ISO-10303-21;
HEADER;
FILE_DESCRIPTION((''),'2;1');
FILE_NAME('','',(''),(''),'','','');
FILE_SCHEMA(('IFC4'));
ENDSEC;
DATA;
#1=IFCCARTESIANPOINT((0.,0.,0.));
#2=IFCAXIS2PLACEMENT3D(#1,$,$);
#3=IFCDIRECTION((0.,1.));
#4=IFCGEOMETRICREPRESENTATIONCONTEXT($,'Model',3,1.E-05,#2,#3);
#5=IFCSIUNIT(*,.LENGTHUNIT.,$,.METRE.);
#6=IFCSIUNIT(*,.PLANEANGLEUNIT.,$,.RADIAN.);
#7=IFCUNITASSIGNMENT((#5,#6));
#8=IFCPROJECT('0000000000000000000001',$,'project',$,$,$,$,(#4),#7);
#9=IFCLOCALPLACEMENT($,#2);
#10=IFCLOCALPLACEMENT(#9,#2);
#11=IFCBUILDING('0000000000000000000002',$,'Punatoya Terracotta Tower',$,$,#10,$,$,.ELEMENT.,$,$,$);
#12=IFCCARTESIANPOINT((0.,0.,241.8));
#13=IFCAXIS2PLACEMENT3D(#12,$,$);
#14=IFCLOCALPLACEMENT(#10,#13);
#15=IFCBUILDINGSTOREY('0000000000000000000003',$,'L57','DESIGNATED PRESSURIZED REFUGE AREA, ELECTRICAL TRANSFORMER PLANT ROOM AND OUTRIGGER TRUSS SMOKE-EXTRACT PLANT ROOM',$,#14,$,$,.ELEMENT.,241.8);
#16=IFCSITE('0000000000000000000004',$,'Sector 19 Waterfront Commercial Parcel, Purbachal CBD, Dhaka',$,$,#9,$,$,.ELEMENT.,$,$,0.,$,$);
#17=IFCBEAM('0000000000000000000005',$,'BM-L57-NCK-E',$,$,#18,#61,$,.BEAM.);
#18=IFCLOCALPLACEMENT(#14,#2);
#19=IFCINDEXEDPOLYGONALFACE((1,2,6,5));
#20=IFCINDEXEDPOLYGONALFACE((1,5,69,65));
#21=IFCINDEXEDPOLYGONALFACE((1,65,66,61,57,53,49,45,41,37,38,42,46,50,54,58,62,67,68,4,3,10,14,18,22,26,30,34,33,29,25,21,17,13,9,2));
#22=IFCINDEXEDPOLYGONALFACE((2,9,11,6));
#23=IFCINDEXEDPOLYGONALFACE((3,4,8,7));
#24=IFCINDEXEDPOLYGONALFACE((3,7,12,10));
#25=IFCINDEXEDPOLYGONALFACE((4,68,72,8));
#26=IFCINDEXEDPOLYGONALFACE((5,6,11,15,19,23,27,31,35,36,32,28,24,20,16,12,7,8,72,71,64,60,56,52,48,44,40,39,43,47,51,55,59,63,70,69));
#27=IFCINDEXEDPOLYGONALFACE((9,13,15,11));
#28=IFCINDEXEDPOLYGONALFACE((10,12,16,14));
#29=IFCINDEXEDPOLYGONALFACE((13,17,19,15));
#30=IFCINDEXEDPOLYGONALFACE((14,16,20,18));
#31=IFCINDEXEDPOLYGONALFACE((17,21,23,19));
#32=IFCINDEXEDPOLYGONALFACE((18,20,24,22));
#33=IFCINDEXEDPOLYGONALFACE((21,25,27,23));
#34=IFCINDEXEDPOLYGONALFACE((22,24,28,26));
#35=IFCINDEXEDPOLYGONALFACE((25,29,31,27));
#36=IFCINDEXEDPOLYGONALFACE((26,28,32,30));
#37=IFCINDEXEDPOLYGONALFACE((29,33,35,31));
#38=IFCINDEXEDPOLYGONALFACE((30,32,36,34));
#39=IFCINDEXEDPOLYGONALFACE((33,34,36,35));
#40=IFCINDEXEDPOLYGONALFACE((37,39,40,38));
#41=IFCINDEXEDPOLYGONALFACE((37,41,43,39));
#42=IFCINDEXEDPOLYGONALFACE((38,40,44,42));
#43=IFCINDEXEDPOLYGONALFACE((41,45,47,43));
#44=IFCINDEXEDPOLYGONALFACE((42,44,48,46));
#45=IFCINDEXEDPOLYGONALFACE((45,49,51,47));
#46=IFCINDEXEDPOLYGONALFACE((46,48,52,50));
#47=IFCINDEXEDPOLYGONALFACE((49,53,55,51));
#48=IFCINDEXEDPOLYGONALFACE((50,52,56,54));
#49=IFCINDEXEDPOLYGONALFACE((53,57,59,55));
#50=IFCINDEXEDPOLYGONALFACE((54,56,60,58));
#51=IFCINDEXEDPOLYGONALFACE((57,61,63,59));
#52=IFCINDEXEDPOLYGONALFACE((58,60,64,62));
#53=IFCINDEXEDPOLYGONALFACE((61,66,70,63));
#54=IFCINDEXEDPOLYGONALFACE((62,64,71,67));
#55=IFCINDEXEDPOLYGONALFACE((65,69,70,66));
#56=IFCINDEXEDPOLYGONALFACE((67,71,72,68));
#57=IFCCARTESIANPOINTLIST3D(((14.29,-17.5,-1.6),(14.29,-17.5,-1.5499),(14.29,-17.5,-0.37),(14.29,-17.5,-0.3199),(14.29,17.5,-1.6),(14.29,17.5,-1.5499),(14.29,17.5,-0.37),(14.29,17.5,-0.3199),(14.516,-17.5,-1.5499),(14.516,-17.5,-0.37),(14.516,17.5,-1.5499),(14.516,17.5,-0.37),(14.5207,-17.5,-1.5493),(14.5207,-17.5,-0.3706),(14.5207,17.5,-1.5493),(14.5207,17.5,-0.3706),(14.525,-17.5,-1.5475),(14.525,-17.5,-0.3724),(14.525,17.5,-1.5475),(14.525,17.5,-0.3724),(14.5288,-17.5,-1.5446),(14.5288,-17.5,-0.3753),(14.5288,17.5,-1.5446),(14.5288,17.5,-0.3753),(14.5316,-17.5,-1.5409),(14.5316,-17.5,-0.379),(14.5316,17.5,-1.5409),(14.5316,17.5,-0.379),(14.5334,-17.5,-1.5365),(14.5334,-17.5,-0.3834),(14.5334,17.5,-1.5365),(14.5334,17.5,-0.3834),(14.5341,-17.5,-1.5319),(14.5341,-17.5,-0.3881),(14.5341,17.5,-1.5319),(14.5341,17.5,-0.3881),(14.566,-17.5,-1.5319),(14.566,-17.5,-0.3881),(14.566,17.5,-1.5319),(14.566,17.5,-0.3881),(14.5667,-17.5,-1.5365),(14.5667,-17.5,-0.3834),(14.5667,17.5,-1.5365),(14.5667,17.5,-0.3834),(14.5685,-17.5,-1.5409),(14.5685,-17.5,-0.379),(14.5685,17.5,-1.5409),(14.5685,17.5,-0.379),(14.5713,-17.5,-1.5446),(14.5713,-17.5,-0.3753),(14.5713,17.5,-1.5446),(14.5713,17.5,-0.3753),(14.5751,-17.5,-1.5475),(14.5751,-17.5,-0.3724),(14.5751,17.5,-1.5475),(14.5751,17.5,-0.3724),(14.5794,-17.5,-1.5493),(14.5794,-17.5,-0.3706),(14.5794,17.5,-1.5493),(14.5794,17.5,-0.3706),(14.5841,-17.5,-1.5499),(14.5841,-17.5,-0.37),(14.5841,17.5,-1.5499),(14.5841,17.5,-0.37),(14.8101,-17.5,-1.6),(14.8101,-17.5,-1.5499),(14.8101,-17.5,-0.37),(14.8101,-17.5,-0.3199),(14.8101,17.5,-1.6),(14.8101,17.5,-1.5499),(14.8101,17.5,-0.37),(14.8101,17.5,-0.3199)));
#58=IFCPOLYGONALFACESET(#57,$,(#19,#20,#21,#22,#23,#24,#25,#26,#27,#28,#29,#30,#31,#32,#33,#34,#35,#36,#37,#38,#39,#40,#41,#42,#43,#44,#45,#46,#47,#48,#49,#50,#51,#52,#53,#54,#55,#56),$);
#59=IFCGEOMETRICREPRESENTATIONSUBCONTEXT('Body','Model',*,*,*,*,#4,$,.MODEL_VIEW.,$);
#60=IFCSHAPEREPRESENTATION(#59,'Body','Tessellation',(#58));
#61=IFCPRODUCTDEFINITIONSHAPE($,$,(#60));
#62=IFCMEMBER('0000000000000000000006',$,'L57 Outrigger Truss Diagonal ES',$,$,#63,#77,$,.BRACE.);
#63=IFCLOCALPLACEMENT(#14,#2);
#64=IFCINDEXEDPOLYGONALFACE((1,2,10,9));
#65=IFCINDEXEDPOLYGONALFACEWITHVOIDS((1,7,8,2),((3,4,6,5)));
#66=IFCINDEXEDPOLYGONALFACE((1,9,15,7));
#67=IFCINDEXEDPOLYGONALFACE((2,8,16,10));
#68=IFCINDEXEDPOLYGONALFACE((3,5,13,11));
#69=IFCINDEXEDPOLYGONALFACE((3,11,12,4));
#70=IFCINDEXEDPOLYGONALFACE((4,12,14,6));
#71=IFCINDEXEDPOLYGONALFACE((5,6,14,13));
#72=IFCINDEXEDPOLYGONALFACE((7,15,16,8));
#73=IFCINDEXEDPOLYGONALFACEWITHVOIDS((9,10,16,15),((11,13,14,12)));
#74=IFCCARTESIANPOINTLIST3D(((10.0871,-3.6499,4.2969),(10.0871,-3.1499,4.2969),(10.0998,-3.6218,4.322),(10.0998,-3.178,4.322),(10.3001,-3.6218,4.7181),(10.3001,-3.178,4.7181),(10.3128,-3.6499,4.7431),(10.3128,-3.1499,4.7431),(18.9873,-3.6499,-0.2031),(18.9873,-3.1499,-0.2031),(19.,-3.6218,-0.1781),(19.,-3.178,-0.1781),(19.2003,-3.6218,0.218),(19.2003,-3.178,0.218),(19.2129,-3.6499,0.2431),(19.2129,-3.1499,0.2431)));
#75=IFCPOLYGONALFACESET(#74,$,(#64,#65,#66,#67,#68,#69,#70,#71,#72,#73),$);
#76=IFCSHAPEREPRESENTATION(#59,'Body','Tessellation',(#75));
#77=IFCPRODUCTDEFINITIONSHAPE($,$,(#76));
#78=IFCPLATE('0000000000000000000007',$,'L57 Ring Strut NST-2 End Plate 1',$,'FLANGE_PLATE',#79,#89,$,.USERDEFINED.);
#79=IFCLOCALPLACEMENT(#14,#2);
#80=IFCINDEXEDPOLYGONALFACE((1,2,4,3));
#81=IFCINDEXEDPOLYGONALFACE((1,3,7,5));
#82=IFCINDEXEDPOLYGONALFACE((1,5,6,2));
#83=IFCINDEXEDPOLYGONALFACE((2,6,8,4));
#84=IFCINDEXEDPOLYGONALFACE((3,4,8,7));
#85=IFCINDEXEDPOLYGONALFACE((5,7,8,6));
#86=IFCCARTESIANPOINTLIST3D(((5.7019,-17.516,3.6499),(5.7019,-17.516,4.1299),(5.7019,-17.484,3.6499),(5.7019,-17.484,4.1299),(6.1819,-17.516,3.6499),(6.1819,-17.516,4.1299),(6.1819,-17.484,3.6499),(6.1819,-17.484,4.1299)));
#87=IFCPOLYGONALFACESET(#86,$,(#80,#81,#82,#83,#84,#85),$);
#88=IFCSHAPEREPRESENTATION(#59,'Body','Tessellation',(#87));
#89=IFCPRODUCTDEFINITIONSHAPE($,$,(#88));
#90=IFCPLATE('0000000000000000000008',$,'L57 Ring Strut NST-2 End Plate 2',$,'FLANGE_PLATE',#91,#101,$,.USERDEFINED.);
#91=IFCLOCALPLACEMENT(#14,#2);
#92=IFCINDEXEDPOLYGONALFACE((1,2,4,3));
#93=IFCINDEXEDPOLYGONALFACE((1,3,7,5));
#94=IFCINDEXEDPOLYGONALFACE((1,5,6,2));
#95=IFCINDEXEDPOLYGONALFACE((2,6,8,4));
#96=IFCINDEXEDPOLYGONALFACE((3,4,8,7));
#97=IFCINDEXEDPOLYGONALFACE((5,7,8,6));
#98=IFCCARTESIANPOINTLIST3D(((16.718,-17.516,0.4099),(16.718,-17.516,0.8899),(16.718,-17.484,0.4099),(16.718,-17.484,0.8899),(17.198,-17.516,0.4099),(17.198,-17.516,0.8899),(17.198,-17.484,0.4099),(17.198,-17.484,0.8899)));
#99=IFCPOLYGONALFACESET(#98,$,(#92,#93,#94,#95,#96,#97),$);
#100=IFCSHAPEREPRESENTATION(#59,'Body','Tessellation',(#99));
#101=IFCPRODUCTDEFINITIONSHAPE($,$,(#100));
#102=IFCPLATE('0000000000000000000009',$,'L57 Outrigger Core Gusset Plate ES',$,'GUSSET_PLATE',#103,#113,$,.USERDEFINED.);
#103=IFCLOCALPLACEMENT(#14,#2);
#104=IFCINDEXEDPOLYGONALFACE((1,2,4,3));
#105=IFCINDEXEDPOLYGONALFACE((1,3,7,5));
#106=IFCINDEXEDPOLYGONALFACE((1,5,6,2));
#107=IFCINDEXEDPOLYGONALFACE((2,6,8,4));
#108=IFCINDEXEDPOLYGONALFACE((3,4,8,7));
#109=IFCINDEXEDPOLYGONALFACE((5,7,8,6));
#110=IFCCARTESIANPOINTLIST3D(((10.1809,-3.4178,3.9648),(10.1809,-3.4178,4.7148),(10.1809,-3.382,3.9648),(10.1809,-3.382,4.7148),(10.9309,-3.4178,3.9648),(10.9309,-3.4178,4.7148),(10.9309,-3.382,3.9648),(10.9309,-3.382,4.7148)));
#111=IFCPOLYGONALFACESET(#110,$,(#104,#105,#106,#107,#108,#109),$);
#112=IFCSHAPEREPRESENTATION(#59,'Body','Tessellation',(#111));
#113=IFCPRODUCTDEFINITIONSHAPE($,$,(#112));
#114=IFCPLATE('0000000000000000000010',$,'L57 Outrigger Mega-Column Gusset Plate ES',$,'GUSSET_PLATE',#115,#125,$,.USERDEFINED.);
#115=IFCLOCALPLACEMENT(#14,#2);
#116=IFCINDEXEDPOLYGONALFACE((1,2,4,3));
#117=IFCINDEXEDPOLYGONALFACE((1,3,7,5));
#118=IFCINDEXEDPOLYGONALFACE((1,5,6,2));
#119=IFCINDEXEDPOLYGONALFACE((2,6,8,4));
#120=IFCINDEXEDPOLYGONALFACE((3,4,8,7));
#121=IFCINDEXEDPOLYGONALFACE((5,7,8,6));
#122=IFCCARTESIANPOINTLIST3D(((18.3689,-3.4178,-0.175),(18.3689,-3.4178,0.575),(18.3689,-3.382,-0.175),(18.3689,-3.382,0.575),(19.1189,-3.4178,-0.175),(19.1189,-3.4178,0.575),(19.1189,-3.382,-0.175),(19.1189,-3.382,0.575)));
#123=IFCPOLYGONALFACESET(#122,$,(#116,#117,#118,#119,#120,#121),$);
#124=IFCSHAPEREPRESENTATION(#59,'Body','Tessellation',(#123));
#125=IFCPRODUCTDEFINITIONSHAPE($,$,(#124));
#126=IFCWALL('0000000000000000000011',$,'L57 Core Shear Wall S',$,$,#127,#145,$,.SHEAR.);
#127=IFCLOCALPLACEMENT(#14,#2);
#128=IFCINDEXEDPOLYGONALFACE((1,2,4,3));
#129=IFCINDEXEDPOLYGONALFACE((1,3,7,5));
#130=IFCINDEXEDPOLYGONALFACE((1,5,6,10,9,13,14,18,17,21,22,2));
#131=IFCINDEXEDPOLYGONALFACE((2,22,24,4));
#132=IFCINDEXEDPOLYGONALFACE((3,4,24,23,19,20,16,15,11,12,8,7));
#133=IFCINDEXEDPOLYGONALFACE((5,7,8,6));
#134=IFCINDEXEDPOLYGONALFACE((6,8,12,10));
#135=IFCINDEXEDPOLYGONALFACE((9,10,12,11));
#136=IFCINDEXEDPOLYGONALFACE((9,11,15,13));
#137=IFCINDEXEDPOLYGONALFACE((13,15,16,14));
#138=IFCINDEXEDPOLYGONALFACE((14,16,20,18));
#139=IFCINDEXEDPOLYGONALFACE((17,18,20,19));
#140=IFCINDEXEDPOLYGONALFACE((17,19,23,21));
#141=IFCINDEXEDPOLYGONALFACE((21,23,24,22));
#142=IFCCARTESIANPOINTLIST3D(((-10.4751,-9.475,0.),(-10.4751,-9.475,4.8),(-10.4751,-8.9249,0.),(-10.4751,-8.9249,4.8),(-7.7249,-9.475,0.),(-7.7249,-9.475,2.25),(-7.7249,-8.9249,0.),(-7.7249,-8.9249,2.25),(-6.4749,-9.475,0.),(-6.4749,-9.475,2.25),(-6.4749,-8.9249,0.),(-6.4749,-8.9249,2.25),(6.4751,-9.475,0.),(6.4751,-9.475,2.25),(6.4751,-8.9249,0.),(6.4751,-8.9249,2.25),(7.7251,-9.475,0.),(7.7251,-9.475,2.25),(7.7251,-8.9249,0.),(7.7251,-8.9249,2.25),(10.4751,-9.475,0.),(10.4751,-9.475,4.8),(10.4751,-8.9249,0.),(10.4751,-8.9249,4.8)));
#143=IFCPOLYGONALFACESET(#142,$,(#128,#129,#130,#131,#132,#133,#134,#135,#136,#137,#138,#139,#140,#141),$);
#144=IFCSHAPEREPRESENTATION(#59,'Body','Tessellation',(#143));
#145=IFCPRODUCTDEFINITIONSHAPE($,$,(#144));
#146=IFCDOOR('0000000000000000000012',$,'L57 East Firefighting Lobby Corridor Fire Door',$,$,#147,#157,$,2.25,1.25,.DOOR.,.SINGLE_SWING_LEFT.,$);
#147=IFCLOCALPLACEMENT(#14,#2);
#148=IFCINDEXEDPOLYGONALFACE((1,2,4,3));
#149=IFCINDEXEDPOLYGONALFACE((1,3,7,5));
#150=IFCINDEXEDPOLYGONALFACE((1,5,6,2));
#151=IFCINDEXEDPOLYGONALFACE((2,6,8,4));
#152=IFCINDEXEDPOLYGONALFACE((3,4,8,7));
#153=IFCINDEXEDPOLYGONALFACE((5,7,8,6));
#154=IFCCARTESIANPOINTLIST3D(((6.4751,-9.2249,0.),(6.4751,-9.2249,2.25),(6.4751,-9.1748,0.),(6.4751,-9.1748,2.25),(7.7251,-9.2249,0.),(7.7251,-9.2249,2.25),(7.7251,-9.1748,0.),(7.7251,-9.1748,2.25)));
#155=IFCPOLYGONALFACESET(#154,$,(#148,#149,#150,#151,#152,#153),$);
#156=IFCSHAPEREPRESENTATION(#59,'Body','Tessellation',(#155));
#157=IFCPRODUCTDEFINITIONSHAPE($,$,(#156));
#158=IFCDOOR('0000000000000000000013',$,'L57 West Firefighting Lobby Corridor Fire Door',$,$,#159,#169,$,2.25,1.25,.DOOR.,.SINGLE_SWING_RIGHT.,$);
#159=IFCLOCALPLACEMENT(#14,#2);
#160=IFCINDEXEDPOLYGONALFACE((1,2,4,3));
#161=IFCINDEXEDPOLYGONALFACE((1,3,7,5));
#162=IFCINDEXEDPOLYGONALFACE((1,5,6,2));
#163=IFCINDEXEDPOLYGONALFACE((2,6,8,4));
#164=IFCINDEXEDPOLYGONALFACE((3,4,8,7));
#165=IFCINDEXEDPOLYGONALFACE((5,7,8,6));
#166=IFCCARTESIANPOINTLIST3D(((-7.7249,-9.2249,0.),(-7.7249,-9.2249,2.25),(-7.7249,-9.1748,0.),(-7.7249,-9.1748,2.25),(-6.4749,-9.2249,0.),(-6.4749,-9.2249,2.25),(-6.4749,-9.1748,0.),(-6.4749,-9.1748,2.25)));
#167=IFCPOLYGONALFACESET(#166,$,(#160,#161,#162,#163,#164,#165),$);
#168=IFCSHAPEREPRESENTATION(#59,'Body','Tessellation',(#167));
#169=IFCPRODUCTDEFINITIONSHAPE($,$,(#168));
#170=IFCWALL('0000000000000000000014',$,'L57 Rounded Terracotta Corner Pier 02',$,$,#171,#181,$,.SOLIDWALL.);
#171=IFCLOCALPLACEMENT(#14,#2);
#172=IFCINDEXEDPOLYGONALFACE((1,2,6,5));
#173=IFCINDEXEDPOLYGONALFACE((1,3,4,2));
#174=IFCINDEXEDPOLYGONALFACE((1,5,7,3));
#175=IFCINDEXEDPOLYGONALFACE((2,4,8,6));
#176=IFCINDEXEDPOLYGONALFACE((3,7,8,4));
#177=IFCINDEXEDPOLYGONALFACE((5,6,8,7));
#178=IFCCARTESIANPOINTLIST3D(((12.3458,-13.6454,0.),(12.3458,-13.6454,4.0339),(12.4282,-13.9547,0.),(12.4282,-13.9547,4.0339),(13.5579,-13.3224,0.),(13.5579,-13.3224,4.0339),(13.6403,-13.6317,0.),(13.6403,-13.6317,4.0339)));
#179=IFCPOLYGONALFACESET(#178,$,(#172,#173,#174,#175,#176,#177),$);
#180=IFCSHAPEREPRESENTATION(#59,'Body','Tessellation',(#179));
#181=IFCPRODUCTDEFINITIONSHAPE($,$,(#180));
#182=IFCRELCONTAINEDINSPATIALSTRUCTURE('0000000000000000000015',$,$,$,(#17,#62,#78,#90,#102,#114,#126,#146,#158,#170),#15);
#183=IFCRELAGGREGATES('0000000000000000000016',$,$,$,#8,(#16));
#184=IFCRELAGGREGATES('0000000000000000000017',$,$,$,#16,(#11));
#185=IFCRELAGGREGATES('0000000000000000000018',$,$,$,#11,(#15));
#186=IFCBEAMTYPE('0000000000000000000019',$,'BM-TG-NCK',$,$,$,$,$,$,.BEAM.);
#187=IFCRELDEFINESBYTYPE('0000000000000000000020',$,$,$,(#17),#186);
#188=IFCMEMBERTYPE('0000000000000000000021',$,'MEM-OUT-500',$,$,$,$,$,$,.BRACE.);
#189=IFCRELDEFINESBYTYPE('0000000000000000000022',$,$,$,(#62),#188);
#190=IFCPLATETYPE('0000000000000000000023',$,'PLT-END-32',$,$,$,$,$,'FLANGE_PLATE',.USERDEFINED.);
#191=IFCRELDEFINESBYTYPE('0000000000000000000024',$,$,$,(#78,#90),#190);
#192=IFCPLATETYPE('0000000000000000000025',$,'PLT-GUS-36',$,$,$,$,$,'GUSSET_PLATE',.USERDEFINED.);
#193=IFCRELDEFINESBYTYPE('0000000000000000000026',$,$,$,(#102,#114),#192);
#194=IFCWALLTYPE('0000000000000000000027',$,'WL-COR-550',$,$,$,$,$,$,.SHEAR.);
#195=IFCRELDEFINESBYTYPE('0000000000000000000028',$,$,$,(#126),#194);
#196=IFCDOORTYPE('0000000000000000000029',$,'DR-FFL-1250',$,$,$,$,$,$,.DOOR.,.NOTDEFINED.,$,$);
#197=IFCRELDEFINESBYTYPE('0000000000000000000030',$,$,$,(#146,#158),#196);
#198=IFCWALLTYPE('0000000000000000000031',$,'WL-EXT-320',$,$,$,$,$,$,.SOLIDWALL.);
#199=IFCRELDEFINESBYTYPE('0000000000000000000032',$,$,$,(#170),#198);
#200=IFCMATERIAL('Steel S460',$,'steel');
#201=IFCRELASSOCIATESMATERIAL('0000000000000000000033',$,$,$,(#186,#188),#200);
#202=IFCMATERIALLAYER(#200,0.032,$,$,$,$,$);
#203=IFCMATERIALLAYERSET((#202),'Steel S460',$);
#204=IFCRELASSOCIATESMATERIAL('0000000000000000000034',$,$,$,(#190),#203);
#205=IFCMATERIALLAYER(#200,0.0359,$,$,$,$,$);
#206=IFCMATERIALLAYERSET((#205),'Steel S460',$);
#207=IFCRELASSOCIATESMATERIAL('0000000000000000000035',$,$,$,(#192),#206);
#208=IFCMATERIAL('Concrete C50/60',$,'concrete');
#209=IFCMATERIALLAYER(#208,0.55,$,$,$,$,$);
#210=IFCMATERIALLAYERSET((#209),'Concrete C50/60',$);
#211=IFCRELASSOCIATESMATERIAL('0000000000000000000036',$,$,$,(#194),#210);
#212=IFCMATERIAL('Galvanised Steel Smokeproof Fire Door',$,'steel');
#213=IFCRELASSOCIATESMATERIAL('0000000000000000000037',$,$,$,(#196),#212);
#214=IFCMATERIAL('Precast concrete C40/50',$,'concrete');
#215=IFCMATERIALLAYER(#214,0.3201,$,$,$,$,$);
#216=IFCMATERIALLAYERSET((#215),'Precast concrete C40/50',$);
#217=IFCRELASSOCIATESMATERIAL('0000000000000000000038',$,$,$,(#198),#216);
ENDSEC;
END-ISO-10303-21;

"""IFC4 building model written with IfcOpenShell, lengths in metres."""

from ifc_helpers import new_model, si_unit, direction, frame, frame_2d, origin, origin_2d, place, context, subcontext, project, spatial, rectangle, hollow_rectangle, i_section, extrude, material, layer, layer_set, material_profile, profile_set, type_object, element, fill, save


model = new_model("IFC4")

# Units and contexts
model_context = context("Model", 3, precision=1e-05, world=origin(), true_north=direction((0.0, 1.0)))
body_context = subcontext(model_context, "Body", "Model", "MODEL_VIEW")
ifc_project = project(units=[si_unit("LENGTHUNIT", "METRE"), si_unit("PLANEANGLEUNIT", "RADIAN")], contexts=[model_context])

# Site, building, storey
site_placement = place(None, origin())
site = spatial("IfcSite", under=ifc_project, at=site_placement, Name="Sector 19 Waterfront Commercial Parcel, Purbachal CBD, Dhaka", CompositionType="ELEMENT", RefElevation=0.0)
building_placement = place(site_placement, origin())
building = spatial("IfcBuilding", under=site, at=building_placement, Name="Punatoya Terracotta Tower", CompositionType="ELEMENT")
storey_placement = place(building_placement, frame((0.0, 0.0, 241.8)))
storey = spatial("IfcBuildingStorey", under=building, at=storey_placement, Name="L57", Description="DESIGNATED PRESSURIZED REFUGE AREA, ELECTRICAL TRANSFORMER PLANT ROOM AND OUTRIGGER TRUSS SMOKE-EXTRACT PLANT ROOM", CompositionType="ELEMENT", Elevation=241.8)

# Shared definitions
ifc_material_1 = material(Name="Steel S460", Category="steel")

# Beam
ifc_material_profile_1 = material_profile(ifc_material_1, i_section(OverallWidth=0.52, OverallDepth=1.28, WebThickness=0.032, FlangeThickness=0.05, FilletRadius=0.0181, at=origin_2d()))
ifc_profile_set_1 = profile_set([ifc_material_profile_1], Name="Steel S460")
beam_type_1 = type_object("IfcBeamType", Name="BM-TG-NCK", PredefinedType="BEAM", material=ifc_profile_set_1)
beam_1_placement = place(storey_placement, frame((14.55, -17.5, -0.96), z_axis=(0.0, 1.0, 0.0), x_axis=(-1.0, 0.0, 0.0)))
element("IfcBeam", 1, at=beam_1_placement, inside=storey, type_object=beam_type_1, Name="BM-L57-NCK-E", PredefinedType="BEAM", context=body_context, shape_type="SweptSolid", body=[
    extrude(i_section(OverallWidth=0.52, OverallDepth=1.28, WebThickness=0.032, FlangeThickness=0.05, FilletRadius=0.0181, at=origin_2d()), origin(), (0.0, 0.0, 1.0), 35.0),
])

# Member
ifc_material_profile_2 = material_profile(ifc_material_1, hollow_rectangle(XDim=0.5, YDim=0.5, WallThickness=0.0281, at=origin_2d()))
ifc_profile_set_2 = profile_set([ifc_material_profile_2], Name="Steel S460")
member_type = type_object("IfcMemberType", Name="MEM-OUT-500", PredefinedType="BRACE", material=ifc_profile_set_2)
member_placement = place(storey_placement, frame((10.2, -3.3999, 4.52), z_axis=(0.892416, 0.0, -0.451214), x_axis=(0.0, 1.0, 0.0)))
element("IfcMember", 2, at=member_placement, inside=storey, type_object=member_type, Name="L57 Outrigger Truss Diagonal ES", PredefinedType="BRACE", context=body_context, shape_type="SweptSolid", body=[
    extrude(hollow_rectangle(XDim=0.5, YDim=0.5, WallThickness=0.0281, at=origin_2d()), origin(), (0.0, 0.0, 1.0), 9.9731),
])

# Plates
ifc_layer_1 = layer(ifc_material_1, 0.032)
ifc_layer_set_1 = layer_set([ifc_layer_1], Name="Steel S460")
plate_type_1 = type_object("IfcPlateType", Name="PLT-END-32", ElementType="FLANGE_PLATE", PredefinedType="USERDEFINED", material=ifc_layer_set_1)
for number, where, z_axis, x_axis, name in (
    (3, (5.9419, -17.5, 3.6499), (0.0, 0.0, 1.0), (1.0, 0.0, 0.0), "L57 Ring Strut NST-2 End Plate 1"),
    (4, (16.958, -17.5, 0.4099), (0.0, 0.0, 1.0), (1.0, 0.0, 0.0), "L57 Ring Strut NST-2 End Plate 2"),
):
    element("IfcPlate", number, at=place(storey_placement, frame(where, z_axis=z_axis, x_axis=x_axis)), inside=storey, type_object=plate_type_1, Name=name, ObjectType="FLANGE_PLATE", PredefinedType="USERDEFINED", context=body_context, shape_type="SweptSolid", body=[
        extrude(rectangle(XDim=0.48, YDim=0.032, at=origin_2d()), origin(), (0.0, 0.0, 1.0), 0.48),
    ])
ifc_layer_2 = layer(ifc_material_1, 0.0359)
ifc_layer_set_2 = layer_set([ifc_layer_2], Name="Steel S460")
plate_type_2 = type_object("IfcPlateType", Name="PLT-GUS-36", ElementType="GUSSET_PLATE", PredefinedType="USERDEFINED", material=ifc_layer_set_2)
for number, where, z_axis, x_axis, name in (
    (5, (10.5559, -3.3999, 3.9648), (0.0, 0.0, 1.0), (1.0, 0.0, 0.0), "L57 Outrigger Core Gusset Plate ES"),
    (6, (18.7439, -3.3999, -0.175), (0.0, 0.0, 1.0), (1.0, 0.0, 0.0), "L57 Outrigger Mega-Column Gusset Plate ES"),
):
    element("IfcPlate", number, at=place(storey_placement, frame(where, z_axis=z_axis, x_axis=x_axis)), inside=storey, type_object=plate_type_2, Name=name, ObjectType="GUSSET_PLATE", PredefinedType="USERDEFINED", context=body_context, shape_type="SweptSolid", body=[
        extrude(rectangle(XDim=0.75, YDim=0.0359, at=origin_2d()), origin(), (0.0, 0.0, 1.0), 0.75),
    ])

# Wall, openings, doors
ifc_material_2 = material(Name="Concrete C50/60", Category="concrete")
ifc_layer_3 = layer(ifc_material_2, 0.55)
ifc_layer_set_3 = layer_set([ifc_layer_3], Name="Concrete C50/60")
wall_type_1 = type_object("IfcWallType", Name="WL-COR-550", PredefinedType="SHEAR", material=ifc_layer_set_3)
wall_1_placement = place(storey_placement, frame((10.4751, -9.2, 0.0), z_axis=(0.0, 0.0, 1.0), x_axis=(-1.0, 0.0, 0.0)))
wall_1 = element("IfcWall", 7, at=wall_1_placement, inside=storey, type_object=wall_type_1, Name="L57 Core Shear Wall S", PredefinedType="SHEAR", context=body_context, shape_type="SweptSolid", body=[
    extrude(rectangle(XDim=20.9502, YDim=0.55, at=frame_2d((10.4751, 0.0))), origin(), (0.0, 0.0, 1.0), 4.8),
])
opening_1_placement = place(wall_1_placement, frame((2.75, 0.0, 0.0)))
opening_1 = element("IfcOpeningElement", 8, at=opening_1_placement, cuts=wall_1, PredefinedType="OPENING", context=body_context, shape_type="SweptSolid", body=[
    extrude(rectangle(XDim=1.25, YDim=2.25, at=frame_2d((0.625, 1.125))), frame((0.0, 0.2849, 0.0), z_axis=(0.0, -1.0, 0.0), x_axis=(1.0, 0.0, 0.0)), (0.0, 0.0, 1.0), 0.5701),
])
opening_2_placement = place(wall_1_placement, frame((16.95, 0.0, 0.0)))
opening_2 = element("IfcOpeningElement", 9, at=opening_2_placement, cuts=wall_1, PredefinedType="OPENING", context=body_context, shape_type="SweptSolid", body=[
    extrude(rectangle(XDim=1.25, YDim=2.25, at=frame_2d((0.625, 1.125))), frame((0.0, 0.2849, 0.0), z_axis=(0.0, -1.0, 0.0), x_axis=(1.0, 0.0, 0.0)), (0.0, 0.0, 1.0), 0.5701),
])
ifc_material_3 = material(Name="Galvanised Steel Smokeproof Fire Door", Category="steel")
door_type_1 = type_object("IfcDoorType", Name="DR-FFL-1250", OperationType="NOTDEFINED", PredefinedType="DOOR", material=ifc_material_3)
door_1_placement = place(opening_1_placement, origin())
door_1 = element("IfcDoor", 10, at=door_1_placement, inside=storey, type_object=door_type_1, Name="L57 East Firefighting Lobby Corridor Fire Door", OperationType="SINGLE_SWING_LEFT", OverallHeight=2.25, OverallWidth=1.25, PredefinedType="DOOR", context=body_context, shape_type="SweptSolid", body=[
    extrude(rectangle(XDim=1.25, YDim=2.25, at=frame_2d((0.625, 1.125))), frame((0.0, 0.0249, 0.0), z_axis=(0.0, -1.0, 0.0), x_axis=(1.0, 0.0, 0.0)), (0.0, 0.0, 1.0), 0.05),
])
fill(opening_1, door_1)
door_2_placement = place(opening_2_placement, origin())
door_2 = element("IfcDoor", 11, at=door_2_placement, inside=storey, type_object=door_type_1, Name="L57 West Firefighting Lobby Corridor Fire Door", OperationType="SINGLE_SWING_RIGHT", OverallHeight=2.25, OverallWidth=1.25, PredefinedType="DOOR", context=body_context, shape_type="SweptSolid", body=[
    extrude(rectangle(XDim=1.25, YDim=2.25, at=frame_2d((0.625, 1.125))), frame((0.0, 0.0249, 0.0), z_axis=(0.0, -1.0, 0.0), x_axis=(1.0, 0.0, 0.0)), (0.0, 0.0, 1.0), 0.05),
])
fill(opening_2, door_2)

# Wall
ifc_material_4 = material(Name="Precast concrete C40/50", Category="concrete")
ifc_layer_4 = layer(ifc_material_4, 0.3201)
ifc_layer_set_4 = layer_set([ifc_layer_4], Name="Precast concrete C40/50")
wall_type_2 = type_object("IfcWallType", Name="WL-EXT-320", PredefinedType="SOLIDWALL", material=ifc_layer_set_4)
wall_2_placement = place(storey_placement, frame((12.387, -13.8, 0.0), z_axis=(0.0, 0.0, 1.0), x_axis=(0.966283, 0.257481, 0.0)))
element("IfcWall", 12, at=wall_2_placement, inside=storey, type_object=wall_type_2, Name="L57 Rounded Terracotta Corner Pier 02", PredefinedType="SOLIDWALL", context=body_context, shape_type="SweptSolid", body=[
    extrude(rectangle(XDim=1.2544, YDim=0.3201, at=frame_2d((0.6272, 0.0))), origin(), (0.0, 0.0, 1.0), 4.0339),
])

save(model, "model.ifc")
